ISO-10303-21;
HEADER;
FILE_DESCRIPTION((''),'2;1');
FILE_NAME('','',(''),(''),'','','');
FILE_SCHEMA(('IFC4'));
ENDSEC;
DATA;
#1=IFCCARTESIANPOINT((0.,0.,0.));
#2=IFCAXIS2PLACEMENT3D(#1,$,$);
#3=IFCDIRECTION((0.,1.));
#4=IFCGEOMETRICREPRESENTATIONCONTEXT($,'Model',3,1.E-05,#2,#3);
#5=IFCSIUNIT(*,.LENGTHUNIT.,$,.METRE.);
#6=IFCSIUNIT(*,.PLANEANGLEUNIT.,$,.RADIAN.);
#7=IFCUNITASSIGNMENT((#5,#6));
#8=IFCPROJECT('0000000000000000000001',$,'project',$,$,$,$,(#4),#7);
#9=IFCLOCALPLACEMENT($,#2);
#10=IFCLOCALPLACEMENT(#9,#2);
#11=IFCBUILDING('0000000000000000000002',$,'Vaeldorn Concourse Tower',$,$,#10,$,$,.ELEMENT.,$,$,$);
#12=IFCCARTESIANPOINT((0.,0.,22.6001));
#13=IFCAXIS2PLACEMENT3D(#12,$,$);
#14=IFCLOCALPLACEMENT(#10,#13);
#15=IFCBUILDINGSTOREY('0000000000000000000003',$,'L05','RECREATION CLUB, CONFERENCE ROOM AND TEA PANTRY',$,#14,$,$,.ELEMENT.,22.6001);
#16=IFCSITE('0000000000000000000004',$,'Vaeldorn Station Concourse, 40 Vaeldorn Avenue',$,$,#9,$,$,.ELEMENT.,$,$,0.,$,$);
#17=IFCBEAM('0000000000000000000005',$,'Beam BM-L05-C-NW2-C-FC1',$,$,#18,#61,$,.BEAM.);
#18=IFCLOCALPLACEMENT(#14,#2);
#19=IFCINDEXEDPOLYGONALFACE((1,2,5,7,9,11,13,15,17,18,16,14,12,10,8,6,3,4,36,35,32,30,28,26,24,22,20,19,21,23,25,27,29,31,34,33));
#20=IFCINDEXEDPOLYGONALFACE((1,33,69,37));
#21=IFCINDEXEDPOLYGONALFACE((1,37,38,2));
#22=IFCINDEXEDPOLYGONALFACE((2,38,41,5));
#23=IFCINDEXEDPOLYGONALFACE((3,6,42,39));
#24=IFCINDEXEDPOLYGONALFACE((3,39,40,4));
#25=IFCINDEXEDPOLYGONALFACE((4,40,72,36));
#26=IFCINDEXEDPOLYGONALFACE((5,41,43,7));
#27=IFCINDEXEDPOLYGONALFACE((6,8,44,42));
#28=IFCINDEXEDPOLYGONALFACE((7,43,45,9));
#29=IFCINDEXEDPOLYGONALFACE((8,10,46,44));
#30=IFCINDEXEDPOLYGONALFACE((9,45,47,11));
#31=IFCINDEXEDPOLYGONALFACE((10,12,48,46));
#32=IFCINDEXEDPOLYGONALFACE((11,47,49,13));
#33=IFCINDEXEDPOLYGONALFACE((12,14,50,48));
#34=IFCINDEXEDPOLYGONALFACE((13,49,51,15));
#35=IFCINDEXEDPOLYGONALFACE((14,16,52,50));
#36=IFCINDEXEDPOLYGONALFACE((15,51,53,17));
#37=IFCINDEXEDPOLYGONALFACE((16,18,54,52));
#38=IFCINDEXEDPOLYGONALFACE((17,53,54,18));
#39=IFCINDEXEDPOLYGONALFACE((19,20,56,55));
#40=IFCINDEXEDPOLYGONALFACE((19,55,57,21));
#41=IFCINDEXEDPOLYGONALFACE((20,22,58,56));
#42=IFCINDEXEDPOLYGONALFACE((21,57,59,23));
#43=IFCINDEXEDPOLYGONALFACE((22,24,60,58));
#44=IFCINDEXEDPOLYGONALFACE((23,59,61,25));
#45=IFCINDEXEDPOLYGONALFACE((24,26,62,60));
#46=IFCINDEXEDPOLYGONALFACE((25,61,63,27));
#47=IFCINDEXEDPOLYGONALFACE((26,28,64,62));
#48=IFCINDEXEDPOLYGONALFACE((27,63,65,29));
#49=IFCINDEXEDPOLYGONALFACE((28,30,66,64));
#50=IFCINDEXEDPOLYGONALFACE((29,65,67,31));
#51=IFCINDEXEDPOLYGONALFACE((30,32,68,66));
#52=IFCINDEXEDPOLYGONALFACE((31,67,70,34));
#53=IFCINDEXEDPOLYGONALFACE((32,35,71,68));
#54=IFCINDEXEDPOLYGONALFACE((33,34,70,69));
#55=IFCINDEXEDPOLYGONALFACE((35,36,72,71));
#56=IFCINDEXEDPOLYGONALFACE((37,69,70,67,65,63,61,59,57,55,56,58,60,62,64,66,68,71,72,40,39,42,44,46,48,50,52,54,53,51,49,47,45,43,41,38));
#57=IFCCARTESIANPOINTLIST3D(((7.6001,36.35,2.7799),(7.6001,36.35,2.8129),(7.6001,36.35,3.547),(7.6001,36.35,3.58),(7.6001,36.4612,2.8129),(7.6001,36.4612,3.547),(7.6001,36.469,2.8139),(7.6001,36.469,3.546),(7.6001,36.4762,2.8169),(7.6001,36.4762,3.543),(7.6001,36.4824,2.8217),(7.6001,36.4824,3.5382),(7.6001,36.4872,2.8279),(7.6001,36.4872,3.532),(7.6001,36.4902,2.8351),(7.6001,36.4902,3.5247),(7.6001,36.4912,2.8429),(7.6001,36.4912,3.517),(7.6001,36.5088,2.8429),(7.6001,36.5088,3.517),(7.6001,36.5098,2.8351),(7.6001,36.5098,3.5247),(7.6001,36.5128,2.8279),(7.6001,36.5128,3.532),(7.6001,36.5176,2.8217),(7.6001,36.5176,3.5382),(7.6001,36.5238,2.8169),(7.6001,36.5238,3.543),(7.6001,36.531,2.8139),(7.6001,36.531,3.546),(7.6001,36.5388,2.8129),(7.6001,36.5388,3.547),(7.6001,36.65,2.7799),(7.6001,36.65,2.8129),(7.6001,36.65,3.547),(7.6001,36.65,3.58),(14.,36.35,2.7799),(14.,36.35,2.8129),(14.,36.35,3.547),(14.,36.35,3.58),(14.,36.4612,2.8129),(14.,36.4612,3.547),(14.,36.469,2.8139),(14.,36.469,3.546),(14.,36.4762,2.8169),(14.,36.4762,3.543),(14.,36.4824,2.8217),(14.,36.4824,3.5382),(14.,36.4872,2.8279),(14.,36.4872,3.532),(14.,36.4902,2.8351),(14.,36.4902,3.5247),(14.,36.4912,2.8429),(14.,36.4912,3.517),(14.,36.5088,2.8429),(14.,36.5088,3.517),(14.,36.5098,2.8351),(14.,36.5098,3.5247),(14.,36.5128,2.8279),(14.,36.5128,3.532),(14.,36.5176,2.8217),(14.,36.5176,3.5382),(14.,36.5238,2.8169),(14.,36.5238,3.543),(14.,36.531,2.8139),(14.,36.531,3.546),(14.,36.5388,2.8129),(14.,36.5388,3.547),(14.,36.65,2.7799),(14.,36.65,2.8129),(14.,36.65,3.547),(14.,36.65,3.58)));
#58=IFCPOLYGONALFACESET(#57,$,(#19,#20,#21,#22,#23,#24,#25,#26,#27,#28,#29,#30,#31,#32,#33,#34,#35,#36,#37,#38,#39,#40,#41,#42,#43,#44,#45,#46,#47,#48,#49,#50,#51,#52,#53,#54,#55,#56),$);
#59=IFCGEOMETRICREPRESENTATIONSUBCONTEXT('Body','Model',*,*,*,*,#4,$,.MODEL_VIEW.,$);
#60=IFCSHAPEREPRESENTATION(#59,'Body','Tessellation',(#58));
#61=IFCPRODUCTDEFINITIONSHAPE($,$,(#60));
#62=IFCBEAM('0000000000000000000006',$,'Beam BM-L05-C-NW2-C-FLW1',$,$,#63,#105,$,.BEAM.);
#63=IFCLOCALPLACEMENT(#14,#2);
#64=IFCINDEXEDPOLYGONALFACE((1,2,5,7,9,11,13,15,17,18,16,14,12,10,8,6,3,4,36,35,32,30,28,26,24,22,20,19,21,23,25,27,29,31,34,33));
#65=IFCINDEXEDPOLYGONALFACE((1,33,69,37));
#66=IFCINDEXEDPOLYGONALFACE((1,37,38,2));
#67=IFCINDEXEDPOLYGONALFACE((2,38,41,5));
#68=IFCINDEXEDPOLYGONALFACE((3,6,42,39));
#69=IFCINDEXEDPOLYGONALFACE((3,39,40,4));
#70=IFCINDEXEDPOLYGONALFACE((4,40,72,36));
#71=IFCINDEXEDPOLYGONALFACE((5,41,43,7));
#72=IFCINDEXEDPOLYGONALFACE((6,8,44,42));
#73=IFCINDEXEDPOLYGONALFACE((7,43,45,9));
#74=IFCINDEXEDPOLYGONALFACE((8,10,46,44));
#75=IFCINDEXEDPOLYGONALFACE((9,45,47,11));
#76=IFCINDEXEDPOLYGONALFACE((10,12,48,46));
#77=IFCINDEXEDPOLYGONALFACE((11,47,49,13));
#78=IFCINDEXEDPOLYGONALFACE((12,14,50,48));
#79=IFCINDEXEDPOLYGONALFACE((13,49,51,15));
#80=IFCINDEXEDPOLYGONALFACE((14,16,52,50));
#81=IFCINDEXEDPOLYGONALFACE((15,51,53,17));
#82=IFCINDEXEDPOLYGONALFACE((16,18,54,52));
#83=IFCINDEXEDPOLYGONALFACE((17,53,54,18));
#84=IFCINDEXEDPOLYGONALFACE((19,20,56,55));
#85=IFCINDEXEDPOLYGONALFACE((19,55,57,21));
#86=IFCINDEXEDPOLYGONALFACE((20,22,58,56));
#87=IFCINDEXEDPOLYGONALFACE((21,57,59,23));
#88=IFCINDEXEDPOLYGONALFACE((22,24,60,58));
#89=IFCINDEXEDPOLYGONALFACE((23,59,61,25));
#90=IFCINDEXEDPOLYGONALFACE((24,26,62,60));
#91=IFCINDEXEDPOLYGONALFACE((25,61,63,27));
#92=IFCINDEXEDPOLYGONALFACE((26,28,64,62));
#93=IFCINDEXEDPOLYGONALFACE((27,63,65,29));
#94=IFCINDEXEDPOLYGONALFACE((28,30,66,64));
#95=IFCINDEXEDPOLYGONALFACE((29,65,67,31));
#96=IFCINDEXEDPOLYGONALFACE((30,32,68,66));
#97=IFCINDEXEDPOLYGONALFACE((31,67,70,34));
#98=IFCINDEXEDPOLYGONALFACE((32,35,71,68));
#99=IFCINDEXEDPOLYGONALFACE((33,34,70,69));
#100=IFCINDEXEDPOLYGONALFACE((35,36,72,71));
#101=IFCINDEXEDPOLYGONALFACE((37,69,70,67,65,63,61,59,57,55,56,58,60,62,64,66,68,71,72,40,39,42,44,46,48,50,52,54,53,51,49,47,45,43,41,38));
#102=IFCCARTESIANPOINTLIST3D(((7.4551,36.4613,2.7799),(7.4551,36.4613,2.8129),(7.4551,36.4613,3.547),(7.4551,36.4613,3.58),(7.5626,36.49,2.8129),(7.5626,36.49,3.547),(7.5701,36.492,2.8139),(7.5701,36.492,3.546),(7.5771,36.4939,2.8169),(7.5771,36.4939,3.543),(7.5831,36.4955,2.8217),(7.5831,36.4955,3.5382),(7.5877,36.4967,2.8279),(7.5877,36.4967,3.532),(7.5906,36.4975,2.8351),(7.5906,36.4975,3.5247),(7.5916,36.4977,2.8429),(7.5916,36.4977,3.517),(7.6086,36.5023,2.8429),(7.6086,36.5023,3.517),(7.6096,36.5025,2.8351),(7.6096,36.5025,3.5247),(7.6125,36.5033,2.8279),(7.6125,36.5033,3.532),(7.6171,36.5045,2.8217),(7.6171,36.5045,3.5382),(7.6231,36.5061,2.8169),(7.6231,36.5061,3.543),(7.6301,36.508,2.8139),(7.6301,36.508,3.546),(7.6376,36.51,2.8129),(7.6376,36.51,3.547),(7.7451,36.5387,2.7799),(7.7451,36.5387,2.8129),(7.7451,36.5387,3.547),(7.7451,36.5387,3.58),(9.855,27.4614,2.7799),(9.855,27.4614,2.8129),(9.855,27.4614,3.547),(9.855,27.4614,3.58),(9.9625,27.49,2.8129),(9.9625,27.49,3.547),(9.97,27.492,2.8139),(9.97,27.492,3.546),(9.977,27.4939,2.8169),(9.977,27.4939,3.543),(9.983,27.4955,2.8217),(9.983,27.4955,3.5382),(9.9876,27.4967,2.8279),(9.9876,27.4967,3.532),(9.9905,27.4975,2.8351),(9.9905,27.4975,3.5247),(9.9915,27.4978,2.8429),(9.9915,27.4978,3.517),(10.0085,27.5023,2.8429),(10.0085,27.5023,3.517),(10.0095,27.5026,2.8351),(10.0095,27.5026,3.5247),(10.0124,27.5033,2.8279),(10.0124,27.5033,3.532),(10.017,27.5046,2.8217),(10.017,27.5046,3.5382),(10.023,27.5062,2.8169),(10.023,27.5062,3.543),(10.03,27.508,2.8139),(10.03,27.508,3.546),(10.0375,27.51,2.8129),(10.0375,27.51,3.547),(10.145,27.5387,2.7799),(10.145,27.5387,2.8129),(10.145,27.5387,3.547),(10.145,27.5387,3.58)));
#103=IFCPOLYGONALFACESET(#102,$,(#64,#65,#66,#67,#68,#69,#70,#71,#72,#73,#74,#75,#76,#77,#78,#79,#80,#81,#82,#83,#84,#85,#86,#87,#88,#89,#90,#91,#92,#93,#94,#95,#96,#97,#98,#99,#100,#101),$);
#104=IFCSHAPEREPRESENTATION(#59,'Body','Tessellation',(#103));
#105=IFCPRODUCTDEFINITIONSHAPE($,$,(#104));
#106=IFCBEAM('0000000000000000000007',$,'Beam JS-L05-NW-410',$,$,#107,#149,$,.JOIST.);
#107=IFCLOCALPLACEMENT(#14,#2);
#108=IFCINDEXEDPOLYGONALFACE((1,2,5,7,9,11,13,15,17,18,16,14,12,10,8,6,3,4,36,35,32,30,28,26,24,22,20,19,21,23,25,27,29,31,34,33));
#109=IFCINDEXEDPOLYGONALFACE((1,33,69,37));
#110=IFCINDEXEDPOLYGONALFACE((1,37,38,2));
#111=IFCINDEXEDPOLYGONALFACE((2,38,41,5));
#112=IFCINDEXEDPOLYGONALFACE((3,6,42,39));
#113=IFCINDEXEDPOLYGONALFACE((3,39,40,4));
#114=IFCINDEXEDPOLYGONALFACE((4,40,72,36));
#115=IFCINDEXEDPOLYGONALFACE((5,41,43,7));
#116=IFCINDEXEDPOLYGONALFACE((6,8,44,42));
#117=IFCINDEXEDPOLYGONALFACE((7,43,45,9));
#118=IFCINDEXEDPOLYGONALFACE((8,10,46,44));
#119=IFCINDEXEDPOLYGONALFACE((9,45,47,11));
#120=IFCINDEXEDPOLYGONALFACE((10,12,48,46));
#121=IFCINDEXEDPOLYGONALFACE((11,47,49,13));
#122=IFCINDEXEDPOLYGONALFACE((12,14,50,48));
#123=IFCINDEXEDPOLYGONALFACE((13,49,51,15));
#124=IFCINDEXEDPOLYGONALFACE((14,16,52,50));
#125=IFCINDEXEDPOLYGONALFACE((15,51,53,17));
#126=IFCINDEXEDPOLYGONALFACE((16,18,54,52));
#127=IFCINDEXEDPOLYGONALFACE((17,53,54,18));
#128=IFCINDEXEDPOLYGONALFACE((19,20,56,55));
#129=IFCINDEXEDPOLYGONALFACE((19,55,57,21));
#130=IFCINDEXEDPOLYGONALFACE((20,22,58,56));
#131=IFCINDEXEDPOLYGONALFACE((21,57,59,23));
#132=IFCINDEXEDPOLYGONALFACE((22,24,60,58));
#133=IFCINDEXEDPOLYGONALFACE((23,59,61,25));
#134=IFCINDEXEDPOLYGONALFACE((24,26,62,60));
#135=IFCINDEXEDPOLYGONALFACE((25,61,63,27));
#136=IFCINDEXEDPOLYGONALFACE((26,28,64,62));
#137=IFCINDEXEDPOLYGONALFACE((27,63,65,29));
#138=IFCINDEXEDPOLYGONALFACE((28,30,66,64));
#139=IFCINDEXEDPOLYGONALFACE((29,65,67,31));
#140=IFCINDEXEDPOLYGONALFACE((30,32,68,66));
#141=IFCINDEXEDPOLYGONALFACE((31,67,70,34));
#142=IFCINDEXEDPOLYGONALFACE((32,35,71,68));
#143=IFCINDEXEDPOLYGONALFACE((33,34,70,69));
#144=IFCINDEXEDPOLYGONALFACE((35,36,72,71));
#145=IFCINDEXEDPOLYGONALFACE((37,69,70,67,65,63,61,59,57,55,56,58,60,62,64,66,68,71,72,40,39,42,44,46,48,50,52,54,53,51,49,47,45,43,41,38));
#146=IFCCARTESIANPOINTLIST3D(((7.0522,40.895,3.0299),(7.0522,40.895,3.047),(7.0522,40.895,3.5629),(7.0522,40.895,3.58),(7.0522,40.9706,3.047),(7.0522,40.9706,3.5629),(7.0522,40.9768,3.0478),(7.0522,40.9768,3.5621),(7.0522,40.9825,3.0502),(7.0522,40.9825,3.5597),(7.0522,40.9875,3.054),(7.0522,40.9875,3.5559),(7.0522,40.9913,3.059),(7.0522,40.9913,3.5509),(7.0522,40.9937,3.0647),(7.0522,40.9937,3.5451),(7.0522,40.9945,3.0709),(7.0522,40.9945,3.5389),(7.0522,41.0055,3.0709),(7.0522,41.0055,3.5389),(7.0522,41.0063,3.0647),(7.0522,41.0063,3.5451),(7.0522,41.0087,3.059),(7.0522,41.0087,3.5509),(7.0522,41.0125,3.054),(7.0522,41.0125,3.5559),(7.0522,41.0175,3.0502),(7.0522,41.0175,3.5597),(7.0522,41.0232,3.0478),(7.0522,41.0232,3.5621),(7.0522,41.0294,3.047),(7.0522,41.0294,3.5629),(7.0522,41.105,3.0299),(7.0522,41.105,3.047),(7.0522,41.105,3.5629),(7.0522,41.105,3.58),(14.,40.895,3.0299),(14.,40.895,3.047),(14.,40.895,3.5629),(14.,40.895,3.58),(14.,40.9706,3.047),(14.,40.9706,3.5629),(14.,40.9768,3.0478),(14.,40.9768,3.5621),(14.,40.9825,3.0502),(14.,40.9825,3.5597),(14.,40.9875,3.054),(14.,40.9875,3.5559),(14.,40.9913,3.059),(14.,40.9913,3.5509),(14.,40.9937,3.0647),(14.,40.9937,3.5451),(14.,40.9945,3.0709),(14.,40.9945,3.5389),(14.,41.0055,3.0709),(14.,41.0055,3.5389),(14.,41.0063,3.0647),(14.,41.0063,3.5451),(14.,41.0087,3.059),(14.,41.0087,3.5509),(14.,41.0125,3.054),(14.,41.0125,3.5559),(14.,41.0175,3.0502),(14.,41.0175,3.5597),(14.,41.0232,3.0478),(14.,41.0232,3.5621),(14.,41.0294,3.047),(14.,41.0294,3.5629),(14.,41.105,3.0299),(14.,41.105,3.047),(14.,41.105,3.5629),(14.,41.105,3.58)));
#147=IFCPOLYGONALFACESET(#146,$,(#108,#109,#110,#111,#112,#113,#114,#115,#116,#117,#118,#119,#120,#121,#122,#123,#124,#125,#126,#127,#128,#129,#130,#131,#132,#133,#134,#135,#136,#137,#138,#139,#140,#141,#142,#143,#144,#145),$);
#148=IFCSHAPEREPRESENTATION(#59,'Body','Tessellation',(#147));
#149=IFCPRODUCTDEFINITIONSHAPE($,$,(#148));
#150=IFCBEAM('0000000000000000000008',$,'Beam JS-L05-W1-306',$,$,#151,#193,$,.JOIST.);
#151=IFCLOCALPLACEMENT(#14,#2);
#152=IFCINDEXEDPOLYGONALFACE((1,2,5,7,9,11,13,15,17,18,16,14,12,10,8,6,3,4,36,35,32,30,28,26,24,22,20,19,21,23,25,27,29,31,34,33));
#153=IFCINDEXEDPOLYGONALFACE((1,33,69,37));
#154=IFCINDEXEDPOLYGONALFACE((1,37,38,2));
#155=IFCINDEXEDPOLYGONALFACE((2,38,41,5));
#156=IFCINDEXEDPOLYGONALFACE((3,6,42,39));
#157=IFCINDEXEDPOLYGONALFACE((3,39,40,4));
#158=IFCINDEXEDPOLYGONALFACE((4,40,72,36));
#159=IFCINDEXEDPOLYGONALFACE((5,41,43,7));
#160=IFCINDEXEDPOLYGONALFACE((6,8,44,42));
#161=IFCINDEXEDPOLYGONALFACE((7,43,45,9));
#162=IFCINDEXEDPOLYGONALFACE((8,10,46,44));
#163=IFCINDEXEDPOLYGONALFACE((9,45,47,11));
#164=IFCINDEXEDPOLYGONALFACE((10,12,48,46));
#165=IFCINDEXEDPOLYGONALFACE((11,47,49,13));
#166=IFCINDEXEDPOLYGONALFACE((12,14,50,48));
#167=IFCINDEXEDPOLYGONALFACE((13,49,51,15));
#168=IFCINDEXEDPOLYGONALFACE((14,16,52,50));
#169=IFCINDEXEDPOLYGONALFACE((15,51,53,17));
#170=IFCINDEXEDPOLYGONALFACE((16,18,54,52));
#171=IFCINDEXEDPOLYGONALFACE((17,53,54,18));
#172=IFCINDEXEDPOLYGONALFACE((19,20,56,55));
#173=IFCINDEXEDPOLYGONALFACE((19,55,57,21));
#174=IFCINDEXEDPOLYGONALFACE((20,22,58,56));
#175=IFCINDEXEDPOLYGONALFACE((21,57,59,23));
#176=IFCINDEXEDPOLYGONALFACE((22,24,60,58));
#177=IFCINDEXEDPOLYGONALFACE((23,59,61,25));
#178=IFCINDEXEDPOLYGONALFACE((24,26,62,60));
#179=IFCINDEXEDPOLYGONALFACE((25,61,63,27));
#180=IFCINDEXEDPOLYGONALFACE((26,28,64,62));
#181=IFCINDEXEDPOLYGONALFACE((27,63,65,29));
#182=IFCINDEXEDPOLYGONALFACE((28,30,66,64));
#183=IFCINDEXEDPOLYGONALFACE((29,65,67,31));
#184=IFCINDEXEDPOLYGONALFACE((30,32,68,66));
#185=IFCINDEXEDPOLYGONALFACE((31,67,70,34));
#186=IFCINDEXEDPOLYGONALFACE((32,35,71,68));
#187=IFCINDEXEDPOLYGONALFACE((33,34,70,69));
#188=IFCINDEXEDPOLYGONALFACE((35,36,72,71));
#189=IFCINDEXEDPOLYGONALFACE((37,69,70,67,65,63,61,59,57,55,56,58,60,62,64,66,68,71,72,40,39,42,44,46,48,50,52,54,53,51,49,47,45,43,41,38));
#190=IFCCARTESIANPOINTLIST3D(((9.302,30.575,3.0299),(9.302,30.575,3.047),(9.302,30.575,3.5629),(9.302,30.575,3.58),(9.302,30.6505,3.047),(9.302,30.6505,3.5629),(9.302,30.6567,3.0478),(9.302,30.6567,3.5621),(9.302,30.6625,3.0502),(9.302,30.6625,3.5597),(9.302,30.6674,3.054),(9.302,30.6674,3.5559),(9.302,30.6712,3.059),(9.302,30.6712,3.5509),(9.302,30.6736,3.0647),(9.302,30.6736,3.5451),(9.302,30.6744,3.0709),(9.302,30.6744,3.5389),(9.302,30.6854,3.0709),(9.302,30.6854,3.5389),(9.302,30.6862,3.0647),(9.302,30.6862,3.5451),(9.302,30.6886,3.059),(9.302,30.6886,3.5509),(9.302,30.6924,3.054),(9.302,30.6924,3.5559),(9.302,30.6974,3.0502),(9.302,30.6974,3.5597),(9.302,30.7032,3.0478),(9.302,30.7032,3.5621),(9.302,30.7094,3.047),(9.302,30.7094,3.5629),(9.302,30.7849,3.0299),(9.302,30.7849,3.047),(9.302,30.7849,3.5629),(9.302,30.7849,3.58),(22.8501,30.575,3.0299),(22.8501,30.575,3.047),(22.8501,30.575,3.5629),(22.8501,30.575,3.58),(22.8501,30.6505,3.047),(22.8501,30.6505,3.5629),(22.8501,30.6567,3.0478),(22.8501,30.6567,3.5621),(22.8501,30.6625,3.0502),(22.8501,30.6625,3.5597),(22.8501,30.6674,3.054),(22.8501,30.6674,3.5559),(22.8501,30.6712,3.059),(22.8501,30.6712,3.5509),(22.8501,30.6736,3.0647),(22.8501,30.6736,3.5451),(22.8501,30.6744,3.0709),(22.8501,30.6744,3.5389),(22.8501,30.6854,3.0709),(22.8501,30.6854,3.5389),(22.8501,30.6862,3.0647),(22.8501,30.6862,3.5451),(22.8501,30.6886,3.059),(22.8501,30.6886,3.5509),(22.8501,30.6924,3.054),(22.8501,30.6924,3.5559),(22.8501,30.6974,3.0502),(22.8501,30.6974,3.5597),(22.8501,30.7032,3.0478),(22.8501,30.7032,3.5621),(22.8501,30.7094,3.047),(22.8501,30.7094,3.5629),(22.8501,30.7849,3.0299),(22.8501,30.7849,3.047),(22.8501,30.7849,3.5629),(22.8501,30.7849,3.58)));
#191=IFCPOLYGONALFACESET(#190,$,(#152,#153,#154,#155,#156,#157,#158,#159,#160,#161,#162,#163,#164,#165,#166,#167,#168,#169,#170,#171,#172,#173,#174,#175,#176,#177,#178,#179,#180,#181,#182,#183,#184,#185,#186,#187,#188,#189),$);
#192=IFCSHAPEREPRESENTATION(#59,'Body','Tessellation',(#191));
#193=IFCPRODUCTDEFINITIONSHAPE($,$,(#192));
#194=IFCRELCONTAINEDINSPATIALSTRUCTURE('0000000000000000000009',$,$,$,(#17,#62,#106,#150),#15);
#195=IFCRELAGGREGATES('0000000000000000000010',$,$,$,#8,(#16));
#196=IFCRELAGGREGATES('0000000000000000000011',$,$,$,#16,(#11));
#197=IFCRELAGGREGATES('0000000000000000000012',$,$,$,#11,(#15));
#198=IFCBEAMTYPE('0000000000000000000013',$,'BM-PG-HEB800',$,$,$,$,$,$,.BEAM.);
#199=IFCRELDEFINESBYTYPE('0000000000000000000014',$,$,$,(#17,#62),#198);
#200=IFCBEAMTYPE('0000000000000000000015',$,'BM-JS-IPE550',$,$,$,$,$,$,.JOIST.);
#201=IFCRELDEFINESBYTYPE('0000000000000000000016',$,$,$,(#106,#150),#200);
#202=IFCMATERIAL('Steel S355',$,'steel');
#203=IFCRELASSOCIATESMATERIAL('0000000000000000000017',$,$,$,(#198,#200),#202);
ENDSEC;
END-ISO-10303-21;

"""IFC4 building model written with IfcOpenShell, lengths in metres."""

from ifc_helpers import new_model, si_unit, direction, frame, origin, origin_2d, place, context, subcontext, project, spatial, i_section, extrude, source, transform, mapped, material, material_profile, profile_set, type_object, element, save


model = new_model("IFC4")

# Units and contexts
model_context = context("Model", 3, precision=1e-05, world=origin(), true_north=direction((0.0, 1.0)))
body_context = subcontext(model_context, "Body", "Model", "MODEL_VIEW")
ifc_project = project(units=[si_unit("LENGTHUNIT", "METRE"), si_unit("PLANEANGLEUNIT", "RADIAN")], contexts=[model_context])

# Site, building, storey
site_placement = place(None, origin())
site = spatial("IfcSite", under=ifc_project, at=site_placement, Name="Vaeldorn Station Concourse, 40 Vaeldorn Avenue", CompositionType="ELEMENT", RefElevation=0.0)
building_placement = place(site_placement, origin())
building = spatial("IfcBuilding", under=site, at=building_placement, Name="Vaeldorn Concourse Tower", CompositionType="ELEMENT")
storey_placement = place(building_placement, frame((0.0, 0.0, 22.6001)))
storey = spatial("IfcBuildingStorey", under=building, at=storey_placement, Name="L05", Description="RECREATION CLUB, CONFERENCE ROOM AND TEA PANTRY", CompositionType="ELEMENT", Elevation=22.6001)

# Beams
ifc_material_1 = material(Name="Steel S355", Category="steel")
ifc_material_profile_1 = material_profile(ifc_material_1, i_section(OverallWidth=0.3, OverallDepth=0.8, WebThickness=0.0176, FlangeThickness=0.033, FilletRadius=0.03, at=origin_2d()), Name="HEB 800")
ifc_profile_set_1 = profile_set([ifc_material_profile_1], Name="Steel S355")
beam_type_1 = type_object("IfcBeamType", Name="BM-PG-HEB800", PredefinedType="BEAM", material=ifc_profile_set_1)
shared_shape_1 = source(origin(), body_context, "Body", "SweptSolid", [
    extrude(i_section(OverallWidth=0.3, OverallDepth=0.8, WebThickness=0.0176, FlangeThickness=0.033, FilletRadius=0.03, at=origin_2d()), origin(), (0.0, 0.0, 1.0), 6.3999),
])
beam_1_placement = place(storey_placement, frame((7.6001, 36.5, 3.1799), z_axis=(1.0, 0.0, 0.0), x_axis=(0.0, 1.0, 0.0)))
element("IfcBeam", 1, at=beam_1_placement, inside=storey, type_object=beam_type_1, Name="Beam BM-L05-C-NW2-C-FC1", PredefinedType="BEAM", context=body_context, shape_type="MappedRepresentation", body=[
    mapped(shared_shape_1, transform((0.0, 0.0, 0.0), scale=1.0)),
])
shared_shape_2 = source(origin(), body_context, "Body", "SweptSolid", [
    extrude(i_section(OverallWidth=0.3, OverallDepth=0.8, WebThickness=0.0176, FlangeThickness=0.033, FilletRadius=0.03, at=origin_2d()), origin(), (0.0, 0.0, 1.0), 9.3145),
])
beam_2_placement = place(storey_placement, frame((7.6001, 36.5, 3.1799), z_axis=(0.257653, -0.966238, 0.0), x_axis=(0.966238, 0.257653, 0.0)))
element("IfcBeam", 2, at=beam_2_placement, inside=storey, type_object=beam_type_1, Name="Beam BM-L05-C-NW2-C-FLW1", PredefinedType="BEAM", context=body_context, shape_type="MappedRepresentation", body=[
    mapped(shared_shape_2, transform((0.0, 0.0, 0.0), scale=1.0)),
])
ifc_material_profile_2 = material_profile(ifc_material_1, i_section(OverallWidth=0.21, OverallDepth=0.55, WebThickness=0.011, FlangeThickness=0.0171, FilletRadius=0.0239, at=origin_2d()), Name="IPE 550")
ifc_profile_set_2 = profile_set([ifc_material_profile_2], Name="Steel S355")
beam_type_2 = type_object("IfcBeamType", Name="BM-JS-IPE550", PredefinedType="JOIST", material=ifc_profile_set_2)
shared_shape_3 = source(origin(), body_context, "Body", "SweptSolid", [
    extrude(i_section(OverallWidth=0.21, OverallDepth=0.55, WebThickness=0.011, FlangeThickness=0.0171, FilletRadius=0.0239, at=origin_2d()), origin(), (0.0, 0.0, 1.0), 6.9478),
])
beam_3_placement = place(storey_placement, frame((7.0522, 41.0, 3.3049), z_axis=(1.0, 0.0, 0.0), x_axis=(0.0, 1.0, 0.0)))
element("IfcBeam", 3, at=beam_3_placement, inside=storey, type_object=beam_type_2, Name="Beam JS-L05-NW-410", PredefinedType="JOIST", context=body_context, shape_type="MappedRepresentation", body=[
    mapped(shared_shape_3, transform((0.0, 0.0, 0.0), scale=1.0)),
])
shared_shape_4 = source(origin(), body_context, "Body", "SweptSolid", [
    extrude(i_section(OverallWidth=0.21, OverallDepth=0.55, WebThickness=0.011, FlangeThickness=0.0171, FilletRadius=0.0239, at=origin_2d()), origin(), (0.0, 0.0, 1.0), 13.5481),
])
beam_4_placement = place(storey_placement, frame((9.302, 30.6799, 3.3049), z_axis=(1.0, 0.0, 0.0), x_axis=(0.0, 1.0, 0.0)))
element("IfcBeam", 4, at=beam_4_placement, inside=storey, type_object=beam_type_2, Name="Beam JS-L05-W1-306", PredefinedType="JOIST", context=body_context, shape_type="MappedRepresentation", body=[
    mapped(shared_shape_4, transform((0.0, 0.0, 0.0), scale=1.0)),
])

save(model, "model.ifc")
